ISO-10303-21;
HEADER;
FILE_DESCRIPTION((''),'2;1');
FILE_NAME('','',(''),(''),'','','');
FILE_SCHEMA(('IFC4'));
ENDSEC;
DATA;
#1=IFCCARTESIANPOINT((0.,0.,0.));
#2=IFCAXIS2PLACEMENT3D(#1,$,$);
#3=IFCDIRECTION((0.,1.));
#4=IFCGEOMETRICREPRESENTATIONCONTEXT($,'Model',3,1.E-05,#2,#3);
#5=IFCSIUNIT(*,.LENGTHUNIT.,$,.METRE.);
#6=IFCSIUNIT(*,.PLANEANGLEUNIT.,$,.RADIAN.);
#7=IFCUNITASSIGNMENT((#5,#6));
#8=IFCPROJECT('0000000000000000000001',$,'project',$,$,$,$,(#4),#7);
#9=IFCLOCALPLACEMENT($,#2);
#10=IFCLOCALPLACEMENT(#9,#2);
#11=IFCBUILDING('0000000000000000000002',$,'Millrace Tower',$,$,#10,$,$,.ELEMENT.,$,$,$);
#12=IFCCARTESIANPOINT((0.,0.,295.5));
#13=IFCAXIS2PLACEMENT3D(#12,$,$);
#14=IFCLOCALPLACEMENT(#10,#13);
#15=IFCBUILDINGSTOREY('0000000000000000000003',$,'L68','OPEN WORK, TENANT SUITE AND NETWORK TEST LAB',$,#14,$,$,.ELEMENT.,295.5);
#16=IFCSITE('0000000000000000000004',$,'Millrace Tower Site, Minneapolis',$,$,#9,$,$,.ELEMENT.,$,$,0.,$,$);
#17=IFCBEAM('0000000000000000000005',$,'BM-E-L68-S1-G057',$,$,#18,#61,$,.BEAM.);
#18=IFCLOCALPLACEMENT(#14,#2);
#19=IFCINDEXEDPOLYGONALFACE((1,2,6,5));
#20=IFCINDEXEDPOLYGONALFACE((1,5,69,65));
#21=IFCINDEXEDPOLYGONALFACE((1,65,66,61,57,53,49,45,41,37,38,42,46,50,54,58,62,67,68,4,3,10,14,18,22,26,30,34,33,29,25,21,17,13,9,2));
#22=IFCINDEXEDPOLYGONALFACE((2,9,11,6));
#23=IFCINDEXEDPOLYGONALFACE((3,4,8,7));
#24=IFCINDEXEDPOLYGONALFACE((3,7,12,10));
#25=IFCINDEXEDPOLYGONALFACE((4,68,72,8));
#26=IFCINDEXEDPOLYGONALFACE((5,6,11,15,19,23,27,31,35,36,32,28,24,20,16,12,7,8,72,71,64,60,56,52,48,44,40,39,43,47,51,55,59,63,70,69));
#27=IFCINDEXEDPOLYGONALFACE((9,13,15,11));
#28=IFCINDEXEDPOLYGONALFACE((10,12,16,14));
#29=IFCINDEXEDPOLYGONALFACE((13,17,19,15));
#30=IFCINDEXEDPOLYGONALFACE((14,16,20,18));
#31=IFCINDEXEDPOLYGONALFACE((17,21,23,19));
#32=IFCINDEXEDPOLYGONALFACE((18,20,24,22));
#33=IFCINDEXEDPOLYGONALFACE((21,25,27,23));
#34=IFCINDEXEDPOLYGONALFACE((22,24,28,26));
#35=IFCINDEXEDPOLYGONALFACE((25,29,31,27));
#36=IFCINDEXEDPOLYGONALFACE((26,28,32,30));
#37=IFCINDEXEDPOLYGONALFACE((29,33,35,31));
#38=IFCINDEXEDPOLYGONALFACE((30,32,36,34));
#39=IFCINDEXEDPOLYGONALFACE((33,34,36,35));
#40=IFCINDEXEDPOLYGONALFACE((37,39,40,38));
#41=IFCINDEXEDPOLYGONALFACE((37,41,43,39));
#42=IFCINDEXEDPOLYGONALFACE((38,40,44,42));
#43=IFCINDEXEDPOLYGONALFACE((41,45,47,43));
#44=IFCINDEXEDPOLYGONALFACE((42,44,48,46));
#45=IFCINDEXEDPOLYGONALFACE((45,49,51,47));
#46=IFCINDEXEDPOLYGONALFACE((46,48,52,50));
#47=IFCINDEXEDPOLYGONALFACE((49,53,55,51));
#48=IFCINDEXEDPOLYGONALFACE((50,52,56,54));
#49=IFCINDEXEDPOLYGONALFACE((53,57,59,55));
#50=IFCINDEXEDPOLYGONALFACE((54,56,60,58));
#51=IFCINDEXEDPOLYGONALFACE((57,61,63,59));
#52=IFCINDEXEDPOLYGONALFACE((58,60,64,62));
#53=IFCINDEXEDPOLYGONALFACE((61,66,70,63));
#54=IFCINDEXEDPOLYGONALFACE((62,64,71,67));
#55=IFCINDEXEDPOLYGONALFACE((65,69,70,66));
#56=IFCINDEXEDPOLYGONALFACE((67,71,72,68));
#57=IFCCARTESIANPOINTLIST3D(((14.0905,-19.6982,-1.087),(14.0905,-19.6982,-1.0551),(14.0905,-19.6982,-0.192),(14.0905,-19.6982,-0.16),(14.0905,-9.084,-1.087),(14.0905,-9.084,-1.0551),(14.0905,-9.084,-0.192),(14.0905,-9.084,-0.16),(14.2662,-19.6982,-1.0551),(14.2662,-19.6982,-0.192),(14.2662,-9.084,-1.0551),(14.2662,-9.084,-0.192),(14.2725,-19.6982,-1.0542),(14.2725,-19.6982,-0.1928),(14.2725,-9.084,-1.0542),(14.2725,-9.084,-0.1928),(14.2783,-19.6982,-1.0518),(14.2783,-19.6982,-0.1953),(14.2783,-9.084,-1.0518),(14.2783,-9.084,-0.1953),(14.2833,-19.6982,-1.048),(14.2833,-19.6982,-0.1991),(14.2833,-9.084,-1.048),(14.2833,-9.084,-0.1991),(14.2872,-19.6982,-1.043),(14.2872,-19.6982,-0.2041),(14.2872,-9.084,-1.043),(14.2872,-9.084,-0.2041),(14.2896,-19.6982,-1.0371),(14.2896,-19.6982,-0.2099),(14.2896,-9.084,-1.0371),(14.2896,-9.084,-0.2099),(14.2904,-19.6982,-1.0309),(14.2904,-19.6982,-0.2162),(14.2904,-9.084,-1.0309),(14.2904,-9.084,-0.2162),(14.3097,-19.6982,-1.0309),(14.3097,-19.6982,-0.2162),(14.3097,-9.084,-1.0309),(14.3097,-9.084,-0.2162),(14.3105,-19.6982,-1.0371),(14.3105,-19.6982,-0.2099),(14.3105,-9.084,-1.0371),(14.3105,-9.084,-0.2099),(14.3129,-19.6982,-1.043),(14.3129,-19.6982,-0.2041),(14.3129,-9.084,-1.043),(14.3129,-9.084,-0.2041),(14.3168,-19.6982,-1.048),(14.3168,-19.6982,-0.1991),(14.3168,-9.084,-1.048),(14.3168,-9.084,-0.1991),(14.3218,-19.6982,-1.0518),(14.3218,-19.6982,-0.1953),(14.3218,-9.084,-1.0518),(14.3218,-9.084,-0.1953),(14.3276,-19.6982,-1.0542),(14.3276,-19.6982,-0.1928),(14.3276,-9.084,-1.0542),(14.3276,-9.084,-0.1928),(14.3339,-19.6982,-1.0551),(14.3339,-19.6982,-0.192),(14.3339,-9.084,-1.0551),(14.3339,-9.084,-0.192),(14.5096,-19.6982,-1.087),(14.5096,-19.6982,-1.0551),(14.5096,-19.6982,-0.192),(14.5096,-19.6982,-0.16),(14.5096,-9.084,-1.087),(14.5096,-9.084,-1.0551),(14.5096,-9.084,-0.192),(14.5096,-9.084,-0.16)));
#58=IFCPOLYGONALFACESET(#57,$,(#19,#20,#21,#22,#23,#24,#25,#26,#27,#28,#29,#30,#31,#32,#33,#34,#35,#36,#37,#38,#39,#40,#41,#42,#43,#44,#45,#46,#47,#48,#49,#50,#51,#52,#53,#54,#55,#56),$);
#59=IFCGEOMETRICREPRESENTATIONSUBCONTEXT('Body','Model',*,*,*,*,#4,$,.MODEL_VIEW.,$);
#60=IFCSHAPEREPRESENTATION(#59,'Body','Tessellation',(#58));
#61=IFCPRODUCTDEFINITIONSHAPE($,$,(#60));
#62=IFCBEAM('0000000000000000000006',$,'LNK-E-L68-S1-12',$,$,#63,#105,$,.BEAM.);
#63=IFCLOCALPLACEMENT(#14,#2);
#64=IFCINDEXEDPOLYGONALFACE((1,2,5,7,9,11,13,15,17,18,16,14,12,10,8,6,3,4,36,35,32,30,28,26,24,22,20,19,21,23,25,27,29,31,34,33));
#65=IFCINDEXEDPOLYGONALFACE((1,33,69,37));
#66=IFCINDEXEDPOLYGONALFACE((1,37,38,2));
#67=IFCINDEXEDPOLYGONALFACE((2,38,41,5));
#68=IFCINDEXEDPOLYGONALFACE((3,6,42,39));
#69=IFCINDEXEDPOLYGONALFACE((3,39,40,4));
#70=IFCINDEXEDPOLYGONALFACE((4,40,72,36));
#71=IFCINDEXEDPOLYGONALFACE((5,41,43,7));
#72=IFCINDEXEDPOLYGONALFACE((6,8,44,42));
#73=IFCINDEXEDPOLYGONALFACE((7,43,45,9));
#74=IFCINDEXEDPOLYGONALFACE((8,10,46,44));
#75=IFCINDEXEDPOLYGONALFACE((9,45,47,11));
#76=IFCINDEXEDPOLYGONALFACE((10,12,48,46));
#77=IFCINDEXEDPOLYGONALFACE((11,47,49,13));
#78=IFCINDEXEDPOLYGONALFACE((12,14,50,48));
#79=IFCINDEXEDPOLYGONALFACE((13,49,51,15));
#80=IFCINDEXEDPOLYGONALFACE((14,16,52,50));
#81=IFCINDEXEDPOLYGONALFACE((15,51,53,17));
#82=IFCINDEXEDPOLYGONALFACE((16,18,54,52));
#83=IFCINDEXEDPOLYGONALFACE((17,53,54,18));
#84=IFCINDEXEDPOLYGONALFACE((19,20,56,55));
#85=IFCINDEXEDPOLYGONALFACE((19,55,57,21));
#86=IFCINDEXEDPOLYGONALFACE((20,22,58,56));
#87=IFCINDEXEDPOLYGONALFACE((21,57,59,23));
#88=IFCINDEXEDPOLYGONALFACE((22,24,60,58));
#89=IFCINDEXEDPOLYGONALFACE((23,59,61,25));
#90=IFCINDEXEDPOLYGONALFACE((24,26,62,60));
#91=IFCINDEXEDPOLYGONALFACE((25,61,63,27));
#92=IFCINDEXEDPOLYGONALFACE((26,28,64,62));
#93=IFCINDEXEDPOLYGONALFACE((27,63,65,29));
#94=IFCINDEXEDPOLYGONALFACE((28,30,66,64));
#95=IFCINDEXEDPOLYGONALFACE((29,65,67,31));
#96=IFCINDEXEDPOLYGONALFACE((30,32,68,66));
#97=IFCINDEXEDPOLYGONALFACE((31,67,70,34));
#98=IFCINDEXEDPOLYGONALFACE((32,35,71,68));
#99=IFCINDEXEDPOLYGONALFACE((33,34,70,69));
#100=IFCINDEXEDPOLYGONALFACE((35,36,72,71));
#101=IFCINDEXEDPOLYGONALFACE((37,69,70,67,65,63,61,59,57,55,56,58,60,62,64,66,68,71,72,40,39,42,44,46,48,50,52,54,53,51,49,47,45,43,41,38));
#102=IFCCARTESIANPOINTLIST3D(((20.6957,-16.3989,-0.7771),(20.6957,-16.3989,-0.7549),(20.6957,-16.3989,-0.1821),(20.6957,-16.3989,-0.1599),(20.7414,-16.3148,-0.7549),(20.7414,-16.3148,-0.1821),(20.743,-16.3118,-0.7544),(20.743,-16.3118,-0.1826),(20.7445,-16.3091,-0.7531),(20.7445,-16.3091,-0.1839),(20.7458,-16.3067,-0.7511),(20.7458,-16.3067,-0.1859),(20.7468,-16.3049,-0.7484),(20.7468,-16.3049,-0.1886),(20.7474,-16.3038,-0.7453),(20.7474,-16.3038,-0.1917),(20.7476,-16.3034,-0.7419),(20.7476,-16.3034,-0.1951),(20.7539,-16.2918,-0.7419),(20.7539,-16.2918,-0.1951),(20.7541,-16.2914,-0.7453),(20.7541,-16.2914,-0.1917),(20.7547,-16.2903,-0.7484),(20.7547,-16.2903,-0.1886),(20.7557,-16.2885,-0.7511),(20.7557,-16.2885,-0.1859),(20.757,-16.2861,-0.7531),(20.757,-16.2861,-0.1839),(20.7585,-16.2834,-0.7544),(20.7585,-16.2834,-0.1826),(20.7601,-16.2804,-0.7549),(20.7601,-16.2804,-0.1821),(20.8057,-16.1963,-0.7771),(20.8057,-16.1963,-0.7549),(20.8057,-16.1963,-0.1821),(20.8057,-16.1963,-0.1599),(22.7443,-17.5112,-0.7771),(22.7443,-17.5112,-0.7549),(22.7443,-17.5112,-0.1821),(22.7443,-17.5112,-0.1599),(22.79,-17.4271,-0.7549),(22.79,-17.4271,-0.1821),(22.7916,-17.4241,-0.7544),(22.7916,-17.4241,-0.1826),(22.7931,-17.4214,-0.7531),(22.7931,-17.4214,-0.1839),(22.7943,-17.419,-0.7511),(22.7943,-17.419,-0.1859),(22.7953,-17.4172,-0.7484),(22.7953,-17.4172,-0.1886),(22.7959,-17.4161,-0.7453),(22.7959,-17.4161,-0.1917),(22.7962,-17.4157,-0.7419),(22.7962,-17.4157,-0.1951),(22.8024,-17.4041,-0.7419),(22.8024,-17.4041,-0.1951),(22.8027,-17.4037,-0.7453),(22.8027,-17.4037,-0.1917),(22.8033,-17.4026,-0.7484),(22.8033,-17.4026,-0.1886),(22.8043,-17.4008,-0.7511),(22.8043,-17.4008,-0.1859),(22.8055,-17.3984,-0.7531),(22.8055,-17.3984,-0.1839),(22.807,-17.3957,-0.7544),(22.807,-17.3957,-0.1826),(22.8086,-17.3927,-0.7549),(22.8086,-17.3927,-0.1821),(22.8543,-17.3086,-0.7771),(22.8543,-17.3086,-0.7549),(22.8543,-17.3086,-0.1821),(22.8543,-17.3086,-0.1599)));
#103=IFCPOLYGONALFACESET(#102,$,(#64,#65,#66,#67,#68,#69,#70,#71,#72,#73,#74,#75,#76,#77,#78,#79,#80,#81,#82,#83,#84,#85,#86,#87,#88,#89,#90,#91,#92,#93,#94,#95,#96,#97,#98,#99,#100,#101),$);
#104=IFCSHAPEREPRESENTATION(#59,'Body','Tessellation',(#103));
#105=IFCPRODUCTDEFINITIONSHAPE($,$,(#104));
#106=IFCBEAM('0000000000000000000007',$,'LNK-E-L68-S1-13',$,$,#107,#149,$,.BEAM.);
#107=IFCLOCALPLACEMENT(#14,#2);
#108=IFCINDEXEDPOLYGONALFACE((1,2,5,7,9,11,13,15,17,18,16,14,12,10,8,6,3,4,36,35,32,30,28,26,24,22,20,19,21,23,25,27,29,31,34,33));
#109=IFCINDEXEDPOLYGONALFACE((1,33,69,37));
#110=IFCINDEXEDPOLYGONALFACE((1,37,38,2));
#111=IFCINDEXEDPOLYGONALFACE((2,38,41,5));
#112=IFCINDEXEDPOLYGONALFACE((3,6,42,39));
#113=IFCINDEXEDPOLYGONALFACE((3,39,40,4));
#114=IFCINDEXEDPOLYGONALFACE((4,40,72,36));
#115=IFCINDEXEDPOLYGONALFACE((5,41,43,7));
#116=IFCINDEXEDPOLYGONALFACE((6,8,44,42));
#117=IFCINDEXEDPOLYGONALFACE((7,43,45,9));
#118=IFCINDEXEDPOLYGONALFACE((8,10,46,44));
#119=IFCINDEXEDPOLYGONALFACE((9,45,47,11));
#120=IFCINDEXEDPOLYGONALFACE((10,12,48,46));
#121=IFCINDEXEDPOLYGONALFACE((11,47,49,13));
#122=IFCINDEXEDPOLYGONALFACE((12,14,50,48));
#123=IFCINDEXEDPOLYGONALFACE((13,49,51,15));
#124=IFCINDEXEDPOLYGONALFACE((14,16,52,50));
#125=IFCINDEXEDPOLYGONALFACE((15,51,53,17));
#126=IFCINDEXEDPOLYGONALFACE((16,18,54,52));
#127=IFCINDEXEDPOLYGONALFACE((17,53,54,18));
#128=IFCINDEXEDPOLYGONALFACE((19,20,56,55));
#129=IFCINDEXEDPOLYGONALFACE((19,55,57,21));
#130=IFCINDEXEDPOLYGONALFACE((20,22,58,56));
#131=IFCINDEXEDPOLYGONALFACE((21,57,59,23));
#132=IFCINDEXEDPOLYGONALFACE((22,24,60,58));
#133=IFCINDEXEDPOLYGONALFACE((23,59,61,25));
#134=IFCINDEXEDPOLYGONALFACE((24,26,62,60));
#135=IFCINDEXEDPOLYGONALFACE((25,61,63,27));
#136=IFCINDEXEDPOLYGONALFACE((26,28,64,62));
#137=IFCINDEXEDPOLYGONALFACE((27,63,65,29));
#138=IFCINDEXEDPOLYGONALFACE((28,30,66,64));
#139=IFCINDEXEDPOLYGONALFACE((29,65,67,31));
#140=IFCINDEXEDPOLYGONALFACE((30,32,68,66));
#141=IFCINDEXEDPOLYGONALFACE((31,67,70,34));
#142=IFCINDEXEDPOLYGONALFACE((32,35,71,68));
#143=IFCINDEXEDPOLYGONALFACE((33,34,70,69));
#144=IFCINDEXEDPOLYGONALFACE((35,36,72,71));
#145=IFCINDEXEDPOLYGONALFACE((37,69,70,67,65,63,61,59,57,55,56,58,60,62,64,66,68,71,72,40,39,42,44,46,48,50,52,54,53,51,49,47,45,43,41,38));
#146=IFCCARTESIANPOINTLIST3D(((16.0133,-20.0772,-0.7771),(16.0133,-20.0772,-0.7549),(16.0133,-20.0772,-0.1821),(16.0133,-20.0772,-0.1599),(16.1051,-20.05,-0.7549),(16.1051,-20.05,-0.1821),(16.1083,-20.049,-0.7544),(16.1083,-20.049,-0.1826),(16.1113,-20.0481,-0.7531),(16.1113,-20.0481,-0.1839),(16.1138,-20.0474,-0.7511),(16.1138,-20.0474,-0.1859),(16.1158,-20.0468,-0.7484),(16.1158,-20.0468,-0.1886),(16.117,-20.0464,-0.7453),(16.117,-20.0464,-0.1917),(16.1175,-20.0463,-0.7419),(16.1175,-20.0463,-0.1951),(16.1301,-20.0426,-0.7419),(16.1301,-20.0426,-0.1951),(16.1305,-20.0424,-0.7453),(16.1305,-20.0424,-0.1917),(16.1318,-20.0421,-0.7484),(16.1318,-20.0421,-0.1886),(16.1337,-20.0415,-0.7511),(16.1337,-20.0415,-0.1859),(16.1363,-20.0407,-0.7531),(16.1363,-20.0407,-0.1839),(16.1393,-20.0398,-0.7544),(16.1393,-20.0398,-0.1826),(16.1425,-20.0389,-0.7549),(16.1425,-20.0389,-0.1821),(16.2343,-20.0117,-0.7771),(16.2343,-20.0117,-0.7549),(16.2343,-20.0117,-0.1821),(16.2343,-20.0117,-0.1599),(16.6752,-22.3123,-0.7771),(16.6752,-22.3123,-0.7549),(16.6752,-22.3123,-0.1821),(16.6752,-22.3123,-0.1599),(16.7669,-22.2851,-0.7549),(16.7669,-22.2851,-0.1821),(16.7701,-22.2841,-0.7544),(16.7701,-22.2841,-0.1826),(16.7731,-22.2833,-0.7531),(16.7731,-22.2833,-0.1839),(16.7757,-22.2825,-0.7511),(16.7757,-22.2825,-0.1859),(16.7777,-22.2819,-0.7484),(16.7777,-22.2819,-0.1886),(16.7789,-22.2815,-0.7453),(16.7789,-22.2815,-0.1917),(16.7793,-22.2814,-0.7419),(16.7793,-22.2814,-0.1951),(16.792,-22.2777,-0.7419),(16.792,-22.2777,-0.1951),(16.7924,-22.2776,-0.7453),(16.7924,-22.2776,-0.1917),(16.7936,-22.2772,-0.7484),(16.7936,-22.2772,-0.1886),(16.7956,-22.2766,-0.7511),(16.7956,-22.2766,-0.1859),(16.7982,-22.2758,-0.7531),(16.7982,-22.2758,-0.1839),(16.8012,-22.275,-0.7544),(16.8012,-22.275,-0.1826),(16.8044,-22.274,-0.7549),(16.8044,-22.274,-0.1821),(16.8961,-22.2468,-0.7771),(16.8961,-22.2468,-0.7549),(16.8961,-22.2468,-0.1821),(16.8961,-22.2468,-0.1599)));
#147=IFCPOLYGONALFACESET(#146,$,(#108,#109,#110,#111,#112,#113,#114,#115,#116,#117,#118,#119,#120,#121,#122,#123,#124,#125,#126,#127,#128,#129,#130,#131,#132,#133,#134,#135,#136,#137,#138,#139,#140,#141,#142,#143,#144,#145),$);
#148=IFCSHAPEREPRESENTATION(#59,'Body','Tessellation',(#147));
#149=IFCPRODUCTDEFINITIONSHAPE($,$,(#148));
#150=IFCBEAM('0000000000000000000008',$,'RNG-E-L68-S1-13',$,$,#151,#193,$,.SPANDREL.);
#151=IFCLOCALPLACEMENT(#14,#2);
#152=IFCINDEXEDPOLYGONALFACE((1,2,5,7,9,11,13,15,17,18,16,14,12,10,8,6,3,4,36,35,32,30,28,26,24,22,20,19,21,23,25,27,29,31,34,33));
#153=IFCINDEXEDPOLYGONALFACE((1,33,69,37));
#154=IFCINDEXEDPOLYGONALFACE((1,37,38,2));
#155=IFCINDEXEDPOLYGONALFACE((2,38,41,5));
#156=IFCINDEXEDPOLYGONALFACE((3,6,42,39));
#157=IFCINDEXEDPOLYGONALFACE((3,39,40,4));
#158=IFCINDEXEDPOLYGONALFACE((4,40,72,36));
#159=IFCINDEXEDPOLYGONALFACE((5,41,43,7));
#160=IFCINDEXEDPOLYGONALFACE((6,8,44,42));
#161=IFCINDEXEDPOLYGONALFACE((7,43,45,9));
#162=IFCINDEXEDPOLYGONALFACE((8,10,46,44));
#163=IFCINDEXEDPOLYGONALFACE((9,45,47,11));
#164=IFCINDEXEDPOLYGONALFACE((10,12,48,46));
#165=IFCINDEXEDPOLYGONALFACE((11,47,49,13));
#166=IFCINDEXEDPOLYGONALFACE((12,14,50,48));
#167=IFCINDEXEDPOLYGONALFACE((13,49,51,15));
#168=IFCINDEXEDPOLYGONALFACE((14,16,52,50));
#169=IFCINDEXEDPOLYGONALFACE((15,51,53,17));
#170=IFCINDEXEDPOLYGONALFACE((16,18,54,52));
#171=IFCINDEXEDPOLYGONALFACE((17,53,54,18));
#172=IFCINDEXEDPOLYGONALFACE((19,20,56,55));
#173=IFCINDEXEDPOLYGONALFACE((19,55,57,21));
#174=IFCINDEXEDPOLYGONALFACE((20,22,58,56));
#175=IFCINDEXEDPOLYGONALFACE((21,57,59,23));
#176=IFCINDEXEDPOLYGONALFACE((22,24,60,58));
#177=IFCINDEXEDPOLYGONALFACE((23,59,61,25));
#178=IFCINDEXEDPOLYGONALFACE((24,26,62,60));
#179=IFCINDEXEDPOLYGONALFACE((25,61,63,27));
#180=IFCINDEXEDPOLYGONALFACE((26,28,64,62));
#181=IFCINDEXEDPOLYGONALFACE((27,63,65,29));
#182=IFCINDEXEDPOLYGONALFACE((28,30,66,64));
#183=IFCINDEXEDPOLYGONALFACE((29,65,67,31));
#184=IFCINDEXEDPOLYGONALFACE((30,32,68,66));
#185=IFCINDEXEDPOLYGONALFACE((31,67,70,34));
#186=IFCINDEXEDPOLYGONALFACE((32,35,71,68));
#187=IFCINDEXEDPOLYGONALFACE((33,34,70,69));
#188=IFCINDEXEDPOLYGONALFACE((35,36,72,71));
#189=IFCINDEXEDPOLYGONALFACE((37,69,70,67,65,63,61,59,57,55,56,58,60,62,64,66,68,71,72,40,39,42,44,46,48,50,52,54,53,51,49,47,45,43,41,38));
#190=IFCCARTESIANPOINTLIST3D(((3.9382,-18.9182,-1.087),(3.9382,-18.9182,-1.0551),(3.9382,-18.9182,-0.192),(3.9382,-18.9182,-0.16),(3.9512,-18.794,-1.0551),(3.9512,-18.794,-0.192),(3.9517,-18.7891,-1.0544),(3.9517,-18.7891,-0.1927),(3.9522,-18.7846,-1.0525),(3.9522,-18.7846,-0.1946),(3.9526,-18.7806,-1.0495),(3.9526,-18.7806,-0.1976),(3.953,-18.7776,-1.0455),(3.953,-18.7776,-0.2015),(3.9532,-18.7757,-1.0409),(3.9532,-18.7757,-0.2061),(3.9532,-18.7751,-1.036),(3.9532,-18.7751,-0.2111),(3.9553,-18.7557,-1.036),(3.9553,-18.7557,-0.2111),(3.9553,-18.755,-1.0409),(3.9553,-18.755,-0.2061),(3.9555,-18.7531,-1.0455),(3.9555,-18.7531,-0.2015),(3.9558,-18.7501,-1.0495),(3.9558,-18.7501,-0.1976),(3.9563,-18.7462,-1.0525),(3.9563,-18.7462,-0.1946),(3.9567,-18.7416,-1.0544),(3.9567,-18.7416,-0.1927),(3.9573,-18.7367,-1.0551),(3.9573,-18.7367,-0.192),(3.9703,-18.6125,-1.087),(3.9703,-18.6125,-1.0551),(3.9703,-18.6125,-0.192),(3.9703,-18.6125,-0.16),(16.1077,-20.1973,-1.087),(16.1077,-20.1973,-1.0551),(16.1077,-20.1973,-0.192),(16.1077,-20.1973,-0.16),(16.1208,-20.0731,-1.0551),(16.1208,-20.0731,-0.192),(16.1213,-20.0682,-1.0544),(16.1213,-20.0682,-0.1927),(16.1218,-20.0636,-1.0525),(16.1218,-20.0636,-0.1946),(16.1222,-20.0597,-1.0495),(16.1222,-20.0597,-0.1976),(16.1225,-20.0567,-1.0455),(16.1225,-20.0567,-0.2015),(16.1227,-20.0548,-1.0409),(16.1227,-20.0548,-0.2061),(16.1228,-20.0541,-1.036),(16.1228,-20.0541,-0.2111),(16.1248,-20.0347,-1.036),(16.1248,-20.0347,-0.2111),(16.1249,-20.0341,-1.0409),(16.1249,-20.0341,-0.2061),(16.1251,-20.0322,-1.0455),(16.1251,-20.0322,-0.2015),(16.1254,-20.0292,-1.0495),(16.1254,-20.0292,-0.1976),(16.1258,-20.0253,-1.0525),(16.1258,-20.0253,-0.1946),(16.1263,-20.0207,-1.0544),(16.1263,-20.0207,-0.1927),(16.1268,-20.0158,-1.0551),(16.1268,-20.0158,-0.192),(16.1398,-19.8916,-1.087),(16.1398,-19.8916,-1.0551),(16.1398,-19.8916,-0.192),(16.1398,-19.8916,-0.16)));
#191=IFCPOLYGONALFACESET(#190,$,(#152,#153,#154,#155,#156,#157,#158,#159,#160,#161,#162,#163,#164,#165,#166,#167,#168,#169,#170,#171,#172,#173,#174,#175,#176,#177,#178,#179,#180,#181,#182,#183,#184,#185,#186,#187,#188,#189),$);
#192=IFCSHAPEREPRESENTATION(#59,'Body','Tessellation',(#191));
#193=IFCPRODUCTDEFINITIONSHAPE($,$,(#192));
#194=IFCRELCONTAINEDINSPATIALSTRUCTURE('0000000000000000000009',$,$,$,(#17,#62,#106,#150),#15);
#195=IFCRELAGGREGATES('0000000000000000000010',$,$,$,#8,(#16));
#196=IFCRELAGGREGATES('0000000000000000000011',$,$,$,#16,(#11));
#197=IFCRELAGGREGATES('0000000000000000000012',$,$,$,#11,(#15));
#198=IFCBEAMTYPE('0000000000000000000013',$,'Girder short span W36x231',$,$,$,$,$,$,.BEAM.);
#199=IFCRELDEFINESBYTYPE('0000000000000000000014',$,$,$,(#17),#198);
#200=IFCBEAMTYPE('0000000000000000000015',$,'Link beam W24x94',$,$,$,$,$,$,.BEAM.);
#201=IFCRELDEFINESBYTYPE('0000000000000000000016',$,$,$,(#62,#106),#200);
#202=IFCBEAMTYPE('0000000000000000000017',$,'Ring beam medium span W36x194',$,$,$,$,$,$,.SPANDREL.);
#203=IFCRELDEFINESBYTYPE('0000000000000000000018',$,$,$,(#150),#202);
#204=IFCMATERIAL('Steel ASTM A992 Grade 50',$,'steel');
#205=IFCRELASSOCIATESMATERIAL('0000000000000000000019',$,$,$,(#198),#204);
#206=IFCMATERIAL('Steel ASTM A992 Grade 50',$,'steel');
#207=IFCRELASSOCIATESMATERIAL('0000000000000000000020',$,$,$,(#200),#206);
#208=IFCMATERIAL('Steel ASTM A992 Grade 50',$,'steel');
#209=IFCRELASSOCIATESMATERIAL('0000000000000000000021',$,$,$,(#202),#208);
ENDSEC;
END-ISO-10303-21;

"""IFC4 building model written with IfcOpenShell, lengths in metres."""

from ifc_helpers import new_model, si_unit, direction, frame, origin, origin_2d, place, context, subcontext, project, spatial, i_section, extrude, material, material_profile, profile_set, type_object, element, save


model = new_model("IFC4")

# Units and contexts
model_context = context("Model", 3, precision=1e-05, world=origin(), true_north=direction((0.0, 1.0)))
body_context = subcontext(model_context, "Body", "Model", "MODEL_VIEW")
ifc_project = project(units=[si_unit("LENGTHUNIT", "METRE"), si_unit("PLANEANGLEUNIT", "RADIAN")], contexts=[model_context])

# Site, building, storey
site_placement = place(None, origin())
site = spatial("IfcSite", under=ifc_project, at=site_placement, Name="Millrace Tower Site, Minneapolis", CompositionType="ELEMENT", RefElevation=0.0)
building_placement = place(site_placement, origin())
building = spatial("IfcBuilding", under=site, at=building_placement, Name="Millrace Tower", CompositionType="ELEMENT")
storey_placement = place(building_placement, frame((0.0, 0.0, 295.5)))
storey = spatial("IfcBuildingStorey", under=building, at=storey_placement, Name="L68", Description="OPEN WORK, TENANT SUITE AND NETWORK TEST LAB", CompositionType="ELEMENT", Elevation=295.5)

# Beams
ifc_material_1 = material(Name="Steel ASTM A992 Grade 50", Category="steel")
ifc_material_profile_1 = material_profile(ifc_material_1, i_section(OverallWidth=0.4192, OverallDepth=0.927, WebThickness=0.0193, FlangeThickness=0.032, FilletRadius=0.0242, at=origin_2d()))
ifc_profile_set_1 = profile_set([ifc_material_profile_1], Name="Steel ASTM A992 Grade 50")
beam_type_1 = type_object("IfcBeamType", Name="Girder short span W36x231", PredefinedType="BEAM", material=ifc_profile_set_1)
beam_1_placement = place(storey_placement, frame((14.3, -19.6982, -0.6235), z_axis=(0.0, 1.0, 0.0), x_axis=(-1.0, 0.0, 0.0)))
element("IfcBeam", 1, at=beam_1_placement, inside=storey, type_object=beam_type_1, Name="BM-E-L68-S1-G057", PredefinedType="BEAM", context=body_context, shape_type="SweptSolid", body=[
    extrude(i_section(OverallWidth=0.4192, OverallDepth=0.927, WebThickness=0.0193, FlangeThickness=0.032, FilletRadius=0.0242, at=origin_2d()), origin(), (0.0, 0.0, 1.0), 10.6143),
])
ifc_material_2 = material(Name="Steel ASTM A992 Grade 50", Category="steel")
ifc_material_profile_2 = material_profile(ifc_material_2, i_section(OverallWidth=0.2305, OverallDepth=0.6172, WebThickness=0.0132, FlangeThickness=0.0222, FilletRadius=0.0129, at=origin_2d()))
ifc_profile_set_2 = profile_set([ifc_material_profile_2], Name="Steel ASTM A992 Grade 50")
beam_type_2 = type_object("IfcBeamType", Name="Link beam W24x94", PredefinedType="BEAM", material=ifc_profile_set_2)
for number, where, z_axis, x_axis, name in (
    (2, (20.7507, -16.2976, -0.4685), (0.878815, -0.477164, 0.0), (0.477164, 0.878815, 0.0), "LNK-E-L68-S1-12"),
    (3, (16.1238, -20.0444, -0.4685), (0.283935, -0.958844, 0.0), (0.958844, 0.283935, 0.0), "LNK-E-L68-S1-13"),
):
    element("IfcBeam", number, at=place(storey_placement, frame(where, z_axis=z_axis, x_axis=x_axis)), inside=storey, type_object=beam_type_2, Name=name, PredefinedType="BEAM", context=body_context, shape_type="SweptSolid", body=[
        extrude(i_section(OverallWidth=0.2305, OverallDepth=0.6172, WebThickness=0.0132, FlangeThickness=0.0222, FilletRadius=0.0129, at=origin_2d()), origin(), (0.0, 0.0, 1.0), 2.3311),
    ])
ifc_material_3 = material(Name="Steel ASTM A992 Grade 50", Category="steel")
ifc_material_profile_3 = material_profile(ifc_material_3, i_section(OverallWidth=0.3074, OverallDepth=0.927, WebThickness=0.0195, FlangeThickness=0.032, FilletRadius=0.019, at=origin_2d()))
ifc_profile_set_3 = profile_set([ifc_material_profile_3], Name="Steel ASTM A992 Grade 50")
beam_type_3 = type_object("IfcBeamType", Name="Ring beam medium span W36x194", PredefinedType="SPANDREL", material=ifc_profile_set_3)
beam_2_placement = place(storey_placement, frame((16.1238, -20.0444, -0.6235), z_axis=(-0.994522, 0.104528, 0.0), x_axis=(-0.104528, -0.994522, 0.0)))
element("IfcBeam", 4, at=beam_2_placement, inside=storey, type_object=beam_type_3, Name="RNG-E-L68-S1-13", PredefinedType="SPANDREL", context=body_context, shape_type="SweptSolid", body=[
    extrude(i_section(OverallWidth=0.3074, OverallDepth=0.927, WebThickness=0.0195, FlangeThickness=0.032, FilletRadius=0.019, at=origin_2d()), origin(), (0.0, 0.0, 1.0), 12.2366),
])

save(model, "model.ifc")
